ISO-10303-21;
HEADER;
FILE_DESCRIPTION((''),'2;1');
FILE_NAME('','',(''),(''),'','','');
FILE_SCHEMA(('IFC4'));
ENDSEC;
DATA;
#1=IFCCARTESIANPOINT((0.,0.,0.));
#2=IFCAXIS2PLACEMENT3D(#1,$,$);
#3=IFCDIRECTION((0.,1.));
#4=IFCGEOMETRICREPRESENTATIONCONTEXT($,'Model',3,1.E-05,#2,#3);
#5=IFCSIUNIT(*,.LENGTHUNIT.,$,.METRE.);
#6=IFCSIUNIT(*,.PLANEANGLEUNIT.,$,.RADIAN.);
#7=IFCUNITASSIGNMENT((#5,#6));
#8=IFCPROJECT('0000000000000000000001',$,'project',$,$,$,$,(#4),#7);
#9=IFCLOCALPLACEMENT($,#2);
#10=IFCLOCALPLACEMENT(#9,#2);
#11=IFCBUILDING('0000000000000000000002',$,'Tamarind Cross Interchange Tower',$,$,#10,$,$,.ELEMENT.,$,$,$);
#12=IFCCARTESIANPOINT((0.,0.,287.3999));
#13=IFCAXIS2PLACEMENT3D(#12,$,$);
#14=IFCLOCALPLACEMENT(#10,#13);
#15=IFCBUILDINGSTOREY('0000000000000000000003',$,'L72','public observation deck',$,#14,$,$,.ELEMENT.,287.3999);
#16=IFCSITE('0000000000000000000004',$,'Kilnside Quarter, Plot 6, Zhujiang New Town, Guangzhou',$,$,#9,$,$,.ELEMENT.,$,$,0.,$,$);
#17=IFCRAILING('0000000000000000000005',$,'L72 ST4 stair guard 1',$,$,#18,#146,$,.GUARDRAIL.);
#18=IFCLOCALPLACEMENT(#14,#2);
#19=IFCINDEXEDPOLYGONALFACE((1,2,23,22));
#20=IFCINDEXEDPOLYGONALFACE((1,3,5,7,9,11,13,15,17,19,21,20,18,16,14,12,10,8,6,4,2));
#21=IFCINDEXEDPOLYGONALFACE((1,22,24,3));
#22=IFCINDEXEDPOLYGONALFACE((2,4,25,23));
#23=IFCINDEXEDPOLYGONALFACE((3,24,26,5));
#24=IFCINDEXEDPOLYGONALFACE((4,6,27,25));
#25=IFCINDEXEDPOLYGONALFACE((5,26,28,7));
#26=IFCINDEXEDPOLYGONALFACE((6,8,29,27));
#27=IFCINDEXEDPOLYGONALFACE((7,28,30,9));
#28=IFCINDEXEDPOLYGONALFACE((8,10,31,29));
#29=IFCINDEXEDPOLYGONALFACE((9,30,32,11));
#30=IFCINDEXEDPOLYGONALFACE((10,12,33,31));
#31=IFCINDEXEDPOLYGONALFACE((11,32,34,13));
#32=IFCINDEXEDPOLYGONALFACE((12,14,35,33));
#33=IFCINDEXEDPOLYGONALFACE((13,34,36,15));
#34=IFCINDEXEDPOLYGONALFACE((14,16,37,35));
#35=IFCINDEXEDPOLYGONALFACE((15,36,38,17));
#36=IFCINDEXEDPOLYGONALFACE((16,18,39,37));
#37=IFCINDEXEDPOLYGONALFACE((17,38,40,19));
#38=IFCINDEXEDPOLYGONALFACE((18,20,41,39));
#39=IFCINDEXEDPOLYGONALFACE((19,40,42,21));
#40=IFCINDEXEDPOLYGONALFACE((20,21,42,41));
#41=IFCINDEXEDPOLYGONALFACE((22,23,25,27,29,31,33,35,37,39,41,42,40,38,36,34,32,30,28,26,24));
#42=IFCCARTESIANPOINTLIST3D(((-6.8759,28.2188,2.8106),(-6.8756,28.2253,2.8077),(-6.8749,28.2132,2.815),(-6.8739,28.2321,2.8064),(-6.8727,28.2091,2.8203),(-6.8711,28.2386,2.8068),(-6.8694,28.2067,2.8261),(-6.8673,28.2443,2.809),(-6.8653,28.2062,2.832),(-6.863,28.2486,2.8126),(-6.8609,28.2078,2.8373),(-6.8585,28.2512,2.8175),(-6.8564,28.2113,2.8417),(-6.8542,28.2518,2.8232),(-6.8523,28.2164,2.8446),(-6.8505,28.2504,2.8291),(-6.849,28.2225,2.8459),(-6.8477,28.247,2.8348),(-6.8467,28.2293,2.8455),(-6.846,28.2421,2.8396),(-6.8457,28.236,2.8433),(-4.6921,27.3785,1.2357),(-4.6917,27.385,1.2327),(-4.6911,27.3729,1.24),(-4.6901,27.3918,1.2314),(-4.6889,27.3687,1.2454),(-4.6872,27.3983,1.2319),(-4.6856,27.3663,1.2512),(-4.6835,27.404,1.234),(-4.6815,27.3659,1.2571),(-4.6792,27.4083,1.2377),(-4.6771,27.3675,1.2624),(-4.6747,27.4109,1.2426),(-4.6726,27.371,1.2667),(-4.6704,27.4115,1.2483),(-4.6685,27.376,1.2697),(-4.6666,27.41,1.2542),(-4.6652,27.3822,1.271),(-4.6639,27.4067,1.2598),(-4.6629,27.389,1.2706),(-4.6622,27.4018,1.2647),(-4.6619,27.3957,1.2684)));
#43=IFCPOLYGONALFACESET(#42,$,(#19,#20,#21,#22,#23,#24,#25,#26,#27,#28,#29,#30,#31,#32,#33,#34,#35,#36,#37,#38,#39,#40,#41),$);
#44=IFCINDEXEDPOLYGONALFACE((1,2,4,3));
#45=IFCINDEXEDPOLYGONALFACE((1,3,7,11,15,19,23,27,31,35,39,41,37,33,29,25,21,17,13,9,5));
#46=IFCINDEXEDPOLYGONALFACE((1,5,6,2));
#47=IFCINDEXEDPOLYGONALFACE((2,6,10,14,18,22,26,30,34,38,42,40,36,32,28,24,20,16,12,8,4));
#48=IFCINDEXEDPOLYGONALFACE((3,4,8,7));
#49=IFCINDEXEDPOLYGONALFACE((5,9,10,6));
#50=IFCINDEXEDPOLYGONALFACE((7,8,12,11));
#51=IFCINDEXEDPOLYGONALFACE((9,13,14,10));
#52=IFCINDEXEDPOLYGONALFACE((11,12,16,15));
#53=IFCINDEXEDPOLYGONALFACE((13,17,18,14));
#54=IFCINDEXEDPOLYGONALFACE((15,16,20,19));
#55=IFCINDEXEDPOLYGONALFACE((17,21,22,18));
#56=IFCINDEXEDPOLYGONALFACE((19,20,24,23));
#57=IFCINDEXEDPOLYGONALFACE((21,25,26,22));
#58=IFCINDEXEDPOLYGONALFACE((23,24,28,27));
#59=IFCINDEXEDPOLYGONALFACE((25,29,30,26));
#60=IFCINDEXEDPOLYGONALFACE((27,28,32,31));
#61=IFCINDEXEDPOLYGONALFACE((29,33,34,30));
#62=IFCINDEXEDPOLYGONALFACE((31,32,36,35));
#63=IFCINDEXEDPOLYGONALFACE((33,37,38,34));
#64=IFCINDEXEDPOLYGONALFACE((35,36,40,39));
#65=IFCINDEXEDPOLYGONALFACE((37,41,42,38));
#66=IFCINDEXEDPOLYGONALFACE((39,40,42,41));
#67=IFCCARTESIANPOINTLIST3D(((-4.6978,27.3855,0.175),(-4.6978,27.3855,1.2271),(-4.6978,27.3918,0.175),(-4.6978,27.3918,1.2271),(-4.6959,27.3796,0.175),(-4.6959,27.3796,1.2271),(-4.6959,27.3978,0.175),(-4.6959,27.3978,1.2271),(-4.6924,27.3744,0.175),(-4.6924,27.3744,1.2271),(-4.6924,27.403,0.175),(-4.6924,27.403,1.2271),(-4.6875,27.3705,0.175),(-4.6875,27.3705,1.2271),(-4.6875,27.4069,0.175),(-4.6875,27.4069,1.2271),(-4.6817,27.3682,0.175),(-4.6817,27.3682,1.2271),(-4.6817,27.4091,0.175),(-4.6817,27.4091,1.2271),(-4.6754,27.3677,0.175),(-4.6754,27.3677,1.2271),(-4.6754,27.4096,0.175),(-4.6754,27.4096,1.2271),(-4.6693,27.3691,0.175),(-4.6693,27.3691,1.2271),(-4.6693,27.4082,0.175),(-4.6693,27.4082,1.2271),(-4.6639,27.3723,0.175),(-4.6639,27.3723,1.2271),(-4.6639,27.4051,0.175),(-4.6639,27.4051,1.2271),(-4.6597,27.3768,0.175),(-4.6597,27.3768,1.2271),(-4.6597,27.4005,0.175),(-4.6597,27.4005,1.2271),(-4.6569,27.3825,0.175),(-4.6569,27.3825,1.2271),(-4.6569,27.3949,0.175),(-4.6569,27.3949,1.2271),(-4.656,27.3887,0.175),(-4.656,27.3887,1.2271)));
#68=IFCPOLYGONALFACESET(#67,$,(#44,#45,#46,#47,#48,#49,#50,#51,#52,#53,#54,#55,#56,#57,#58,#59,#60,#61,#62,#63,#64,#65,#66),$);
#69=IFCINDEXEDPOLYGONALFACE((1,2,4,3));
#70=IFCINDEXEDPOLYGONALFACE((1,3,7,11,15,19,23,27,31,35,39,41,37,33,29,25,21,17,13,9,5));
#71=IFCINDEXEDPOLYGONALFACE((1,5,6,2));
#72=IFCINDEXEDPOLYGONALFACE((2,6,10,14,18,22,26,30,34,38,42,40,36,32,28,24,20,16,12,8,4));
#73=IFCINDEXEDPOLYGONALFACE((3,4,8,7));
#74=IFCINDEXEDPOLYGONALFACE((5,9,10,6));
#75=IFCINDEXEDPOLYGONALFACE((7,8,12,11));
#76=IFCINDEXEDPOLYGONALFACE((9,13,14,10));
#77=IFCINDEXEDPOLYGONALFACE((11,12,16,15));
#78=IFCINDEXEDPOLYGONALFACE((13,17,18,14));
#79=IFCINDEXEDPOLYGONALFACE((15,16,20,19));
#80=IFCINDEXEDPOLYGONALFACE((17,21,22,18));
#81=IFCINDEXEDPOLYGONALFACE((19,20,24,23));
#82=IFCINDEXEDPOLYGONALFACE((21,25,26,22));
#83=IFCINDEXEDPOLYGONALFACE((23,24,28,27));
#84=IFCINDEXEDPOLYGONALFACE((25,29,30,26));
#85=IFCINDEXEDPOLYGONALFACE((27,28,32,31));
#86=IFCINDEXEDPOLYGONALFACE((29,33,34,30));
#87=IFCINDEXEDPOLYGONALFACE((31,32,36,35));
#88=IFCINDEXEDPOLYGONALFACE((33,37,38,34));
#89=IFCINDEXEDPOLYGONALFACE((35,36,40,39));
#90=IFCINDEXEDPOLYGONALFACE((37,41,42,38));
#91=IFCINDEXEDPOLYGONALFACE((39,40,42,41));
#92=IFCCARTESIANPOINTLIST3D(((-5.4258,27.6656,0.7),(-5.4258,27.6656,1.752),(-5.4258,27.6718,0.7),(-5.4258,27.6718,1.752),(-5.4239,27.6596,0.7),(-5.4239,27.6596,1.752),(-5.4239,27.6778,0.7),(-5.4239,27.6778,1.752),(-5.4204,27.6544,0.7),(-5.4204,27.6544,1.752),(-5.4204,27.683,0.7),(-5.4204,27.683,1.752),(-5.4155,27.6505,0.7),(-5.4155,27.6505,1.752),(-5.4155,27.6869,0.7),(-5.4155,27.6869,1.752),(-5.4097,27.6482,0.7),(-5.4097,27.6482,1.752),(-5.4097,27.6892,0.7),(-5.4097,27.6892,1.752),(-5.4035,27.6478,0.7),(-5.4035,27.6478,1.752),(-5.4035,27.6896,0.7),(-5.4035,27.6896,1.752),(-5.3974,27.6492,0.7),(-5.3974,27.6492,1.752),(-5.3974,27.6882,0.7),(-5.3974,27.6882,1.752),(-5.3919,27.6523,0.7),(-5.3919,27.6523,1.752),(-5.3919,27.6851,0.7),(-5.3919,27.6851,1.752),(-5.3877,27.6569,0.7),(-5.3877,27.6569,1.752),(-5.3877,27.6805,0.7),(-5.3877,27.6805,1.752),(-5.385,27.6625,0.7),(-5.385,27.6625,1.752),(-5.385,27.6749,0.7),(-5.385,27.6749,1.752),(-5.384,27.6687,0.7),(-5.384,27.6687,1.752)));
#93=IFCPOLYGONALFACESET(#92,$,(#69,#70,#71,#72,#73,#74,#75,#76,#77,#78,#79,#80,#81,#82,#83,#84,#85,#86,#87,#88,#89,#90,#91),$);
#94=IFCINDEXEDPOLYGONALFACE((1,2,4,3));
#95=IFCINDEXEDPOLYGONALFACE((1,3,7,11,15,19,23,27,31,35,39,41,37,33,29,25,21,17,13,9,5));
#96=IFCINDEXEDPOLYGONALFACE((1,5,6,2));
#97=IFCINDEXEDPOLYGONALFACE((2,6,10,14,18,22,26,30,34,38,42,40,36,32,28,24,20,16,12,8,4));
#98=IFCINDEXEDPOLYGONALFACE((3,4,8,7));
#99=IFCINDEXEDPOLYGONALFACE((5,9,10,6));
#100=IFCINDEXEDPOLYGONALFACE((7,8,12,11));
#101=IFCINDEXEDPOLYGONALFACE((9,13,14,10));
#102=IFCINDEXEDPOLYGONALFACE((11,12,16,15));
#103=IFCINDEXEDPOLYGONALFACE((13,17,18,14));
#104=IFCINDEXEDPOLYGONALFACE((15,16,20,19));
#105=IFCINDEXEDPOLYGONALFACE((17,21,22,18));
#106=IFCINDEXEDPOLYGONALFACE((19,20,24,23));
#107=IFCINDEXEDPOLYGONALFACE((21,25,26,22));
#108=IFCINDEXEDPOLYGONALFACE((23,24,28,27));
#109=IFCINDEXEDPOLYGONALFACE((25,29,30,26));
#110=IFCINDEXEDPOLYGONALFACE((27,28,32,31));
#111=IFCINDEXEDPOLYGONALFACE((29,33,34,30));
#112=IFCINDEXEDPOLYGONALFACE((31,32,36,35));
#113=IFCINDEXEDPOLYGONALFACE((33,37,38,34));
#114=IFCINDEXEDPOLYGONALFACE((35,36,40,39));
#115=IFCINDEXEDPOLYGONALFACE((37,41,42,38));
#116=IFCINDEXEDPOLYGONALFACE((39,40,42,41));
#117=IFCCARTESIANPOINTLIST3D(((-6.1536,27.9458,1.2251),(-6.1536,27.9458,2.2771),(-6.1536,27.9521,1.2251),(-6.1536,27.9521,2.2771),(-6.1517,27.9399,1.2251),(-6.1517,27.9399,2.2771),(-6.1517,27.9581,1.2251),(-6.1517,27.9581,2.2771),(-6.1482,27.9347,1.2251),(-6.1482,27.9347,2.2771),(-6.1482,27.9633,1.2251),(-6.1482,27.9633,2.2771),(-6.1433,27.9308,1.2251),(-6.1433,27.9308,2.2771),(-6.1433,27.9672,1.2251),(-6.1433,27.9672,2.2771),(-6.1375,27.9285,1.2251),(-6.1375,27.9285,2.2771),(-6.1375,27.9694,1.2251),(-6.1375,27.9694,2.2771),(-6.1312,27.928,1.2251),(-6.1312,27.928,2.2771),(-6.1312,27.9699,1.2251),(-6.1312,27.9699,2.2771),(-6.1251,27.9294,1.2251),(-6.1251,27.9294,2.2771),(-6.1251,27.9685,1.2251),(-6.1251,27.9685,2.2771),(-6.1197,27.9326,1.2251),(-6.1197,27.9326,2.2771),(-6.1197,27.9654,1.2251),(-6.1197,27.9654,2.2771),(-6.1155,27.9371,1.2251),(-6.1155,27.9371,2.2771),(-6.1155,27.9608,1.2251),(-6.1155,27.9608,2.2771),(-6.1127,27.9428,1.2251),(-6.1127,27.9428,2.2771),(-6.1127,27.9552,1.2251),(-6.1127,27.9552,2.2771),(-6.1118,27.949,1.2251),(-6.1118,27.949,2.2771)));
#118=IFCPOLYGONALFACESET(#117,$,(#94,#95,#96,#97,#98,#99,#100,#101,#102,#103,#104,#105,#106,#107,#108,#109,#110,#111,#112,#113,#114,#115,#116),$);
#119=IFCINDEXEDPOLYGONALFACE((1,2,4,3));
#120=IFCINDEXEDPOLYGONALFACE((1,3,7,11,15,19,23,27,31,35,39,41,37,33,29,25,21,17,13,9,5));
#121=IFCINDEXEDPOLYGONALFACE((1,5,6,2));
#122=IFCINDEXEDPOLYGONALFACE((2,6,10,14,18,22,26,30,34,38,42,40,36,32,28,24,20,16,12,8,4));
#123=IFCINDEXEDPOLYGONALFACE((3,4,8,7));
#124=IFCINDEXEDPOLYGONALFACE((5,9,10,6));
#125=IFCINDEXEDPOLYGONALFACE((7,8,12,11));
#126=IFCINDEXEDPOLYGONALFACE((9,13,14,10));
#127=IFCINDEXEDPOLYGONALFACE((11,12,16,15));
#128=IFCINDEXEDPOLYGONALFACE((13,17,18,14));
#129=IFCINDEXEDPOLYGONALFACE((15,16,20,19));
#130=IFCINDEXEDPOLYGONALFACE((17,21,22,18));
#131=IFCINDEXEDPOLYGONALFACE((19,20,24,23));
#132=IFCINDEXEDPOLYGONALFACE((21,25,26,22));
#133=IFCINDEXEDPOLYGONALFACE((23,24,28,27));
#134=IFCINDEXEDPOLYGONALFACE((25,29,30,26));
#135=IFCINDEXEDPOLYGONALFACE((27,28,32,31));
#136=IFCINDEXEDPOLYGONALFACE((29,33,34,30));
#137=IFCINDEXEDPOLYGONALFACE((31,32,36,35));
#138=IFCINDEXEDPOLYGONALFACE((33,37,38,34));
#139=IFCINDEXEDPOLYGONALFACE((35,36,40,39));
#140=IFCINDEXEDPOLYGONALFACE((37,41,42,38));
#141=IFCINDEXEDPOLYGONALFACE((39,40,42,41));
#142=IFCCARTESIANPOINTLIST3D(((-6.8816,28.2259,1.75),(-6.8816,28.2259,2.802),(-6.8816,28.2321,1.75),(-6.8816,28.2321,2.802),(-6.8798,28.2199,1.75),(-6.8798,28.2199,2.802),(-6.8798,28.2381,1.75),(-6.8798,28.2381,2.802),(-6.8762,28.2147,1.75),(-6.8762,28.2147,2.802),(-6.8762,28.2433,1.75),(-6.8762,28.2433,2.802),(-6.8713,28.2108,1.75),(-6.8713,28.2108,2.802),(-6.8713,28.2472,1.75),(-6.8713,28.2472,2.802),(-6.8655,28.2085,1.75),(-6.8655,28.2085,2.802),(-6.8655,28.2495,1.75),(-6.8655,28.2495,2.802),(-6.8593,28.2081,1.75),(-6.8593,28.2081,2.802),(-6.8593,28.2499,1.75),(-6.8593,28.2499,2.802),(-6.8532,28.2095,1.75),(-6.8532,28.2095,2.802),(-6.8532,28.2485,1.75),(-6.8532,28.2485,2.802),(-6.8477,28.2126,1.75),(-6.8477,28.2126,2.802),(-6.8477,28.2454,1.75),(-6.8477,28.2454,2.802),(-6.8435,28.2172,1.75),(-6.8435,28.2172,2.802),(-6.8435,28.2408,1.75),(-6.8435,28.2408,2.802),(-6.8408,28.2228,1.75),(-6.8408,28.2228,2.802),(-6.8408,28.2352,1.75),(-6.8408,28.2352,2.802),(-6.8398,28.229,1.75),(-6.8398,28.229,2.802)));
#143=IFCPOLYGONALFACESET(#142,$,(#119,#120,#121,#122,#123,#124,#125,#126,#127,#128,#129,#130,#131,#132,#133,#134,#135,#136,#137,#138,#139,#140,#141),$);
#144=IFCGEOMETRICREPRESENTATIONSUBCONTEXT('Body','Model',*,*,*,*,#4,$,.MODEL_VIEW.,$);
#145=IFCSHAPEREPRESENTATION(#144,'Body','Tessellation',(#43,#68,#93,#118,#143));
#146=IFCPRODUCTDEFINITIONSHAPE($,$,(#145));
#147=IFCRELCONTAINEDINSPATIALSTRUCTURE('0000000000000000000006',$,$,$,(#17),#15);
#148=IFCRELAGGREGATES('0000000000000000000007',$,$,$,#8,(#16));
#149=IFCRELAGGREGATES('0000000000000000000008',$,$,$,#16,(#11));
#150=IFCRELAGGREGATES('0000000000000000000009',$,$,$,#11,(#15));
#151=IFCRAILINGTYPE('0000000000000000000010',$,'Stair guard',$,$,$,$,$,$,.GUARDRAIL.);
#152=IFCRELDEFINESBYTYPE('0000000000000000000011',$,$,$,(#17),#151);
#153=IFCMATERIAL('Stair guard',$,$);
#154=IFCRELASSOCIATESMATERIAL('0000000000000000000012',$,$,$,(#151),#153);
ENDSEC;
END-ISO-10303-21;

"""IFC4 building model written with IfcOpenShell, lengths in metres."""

from ifc_helpers import new_model, si_unit, direction, frame, origin, origin_2d, place, context, subcontext, project, spatial, circle, extrude, material, type_object, element, save


model = new_model("IFC4")

# Units and contexts
model_context = context("Model", 3, precision=1e-05, world=origin(), true_north=direction((0.0, 1.0)))
body_context = subcontext(model_context, "Body", "Model", "MODEL_VIEW")
ifc_project = project(units=[si_unit("LENGTHUNIT", "METRE"), si_unit("PLANEANGLEUNIT", "RADIAN")], contexts=[model_context])

# Site, building, storey
site_placement = place(None, origin())
site = spatial("IfcSite", under=ifc_project, at=site_placement, Name="Kilnside Quarter, Plot 6, Zhujiang New Town, Guangzhou", CompositionType="ELEMENT", RefElevation=0.0)
building_placement = place(site_placement, origin())
building = spatial("IfcBuilding", under=site, at=building_placement, Name="Tamarind Cross Interchange Tower", CompositionType="ELEMENT")
storey_placement = place(building_placement, frame((0.0, 0.0, 287.3999)))
storey = spatial("IfcBuildingStorey", under=building, at=storey_placement, Name="L72", Description="public observation deck", CompositionType="ELEMENT", Elevation=287.3999)

# Railing
ifc_material_1 = material(Name="Stair guard")
railing_type_1 = type_object("IfcRailingType", Name="Stair guard", PredefinedType="GUARDRAIL", material=ifc_material_1)
railing_1_placement = place(storey_placement, frame((-4.677, 27.3887, 0.175)))
element("IfcRailing", 1, at=railing_1_placement, inside=storey, type_object=railing_type_1, Name="L72 ST4 stair guard 1", PredefinedType="GUARDRAIL", context=body_context, shape_type="SweptSolid", body=[
    extrude(circle(Radius=0.0239, at=origin_2d()), frame((0.0, 0.0, 1.0762), z_axis=(-0.774246, 0.297927, 0.558375), x_axis=(-0.359126, -0.933289, 0.0)), (0.0, 0.0, 1.0), 2.8206),
    extrude(circle(Radius=0.021, at=origin_2d()), origin(), (0.0, 0.0, 1.0), 1.052),
    extrude(circle(Radius=0.021, at=origin_2d()), frame((-0.728, 0.28, 0.5249)), (0.0, 0.0, 1.0), 1.052),
    extrude(circle(Radius=0.021, at=origin_2d()), frame((-1.4558, 0.5603, 1.05)), (0.0, 0.0, 1.0), 1.052),
    extrude(circle(Radius=0.021, at=origin_2d()), frame((-2.1838, 0.8403, 1.575)), (0.0, 0.0, 1.0), 1.052),
])

save(model, "model.ifc")
